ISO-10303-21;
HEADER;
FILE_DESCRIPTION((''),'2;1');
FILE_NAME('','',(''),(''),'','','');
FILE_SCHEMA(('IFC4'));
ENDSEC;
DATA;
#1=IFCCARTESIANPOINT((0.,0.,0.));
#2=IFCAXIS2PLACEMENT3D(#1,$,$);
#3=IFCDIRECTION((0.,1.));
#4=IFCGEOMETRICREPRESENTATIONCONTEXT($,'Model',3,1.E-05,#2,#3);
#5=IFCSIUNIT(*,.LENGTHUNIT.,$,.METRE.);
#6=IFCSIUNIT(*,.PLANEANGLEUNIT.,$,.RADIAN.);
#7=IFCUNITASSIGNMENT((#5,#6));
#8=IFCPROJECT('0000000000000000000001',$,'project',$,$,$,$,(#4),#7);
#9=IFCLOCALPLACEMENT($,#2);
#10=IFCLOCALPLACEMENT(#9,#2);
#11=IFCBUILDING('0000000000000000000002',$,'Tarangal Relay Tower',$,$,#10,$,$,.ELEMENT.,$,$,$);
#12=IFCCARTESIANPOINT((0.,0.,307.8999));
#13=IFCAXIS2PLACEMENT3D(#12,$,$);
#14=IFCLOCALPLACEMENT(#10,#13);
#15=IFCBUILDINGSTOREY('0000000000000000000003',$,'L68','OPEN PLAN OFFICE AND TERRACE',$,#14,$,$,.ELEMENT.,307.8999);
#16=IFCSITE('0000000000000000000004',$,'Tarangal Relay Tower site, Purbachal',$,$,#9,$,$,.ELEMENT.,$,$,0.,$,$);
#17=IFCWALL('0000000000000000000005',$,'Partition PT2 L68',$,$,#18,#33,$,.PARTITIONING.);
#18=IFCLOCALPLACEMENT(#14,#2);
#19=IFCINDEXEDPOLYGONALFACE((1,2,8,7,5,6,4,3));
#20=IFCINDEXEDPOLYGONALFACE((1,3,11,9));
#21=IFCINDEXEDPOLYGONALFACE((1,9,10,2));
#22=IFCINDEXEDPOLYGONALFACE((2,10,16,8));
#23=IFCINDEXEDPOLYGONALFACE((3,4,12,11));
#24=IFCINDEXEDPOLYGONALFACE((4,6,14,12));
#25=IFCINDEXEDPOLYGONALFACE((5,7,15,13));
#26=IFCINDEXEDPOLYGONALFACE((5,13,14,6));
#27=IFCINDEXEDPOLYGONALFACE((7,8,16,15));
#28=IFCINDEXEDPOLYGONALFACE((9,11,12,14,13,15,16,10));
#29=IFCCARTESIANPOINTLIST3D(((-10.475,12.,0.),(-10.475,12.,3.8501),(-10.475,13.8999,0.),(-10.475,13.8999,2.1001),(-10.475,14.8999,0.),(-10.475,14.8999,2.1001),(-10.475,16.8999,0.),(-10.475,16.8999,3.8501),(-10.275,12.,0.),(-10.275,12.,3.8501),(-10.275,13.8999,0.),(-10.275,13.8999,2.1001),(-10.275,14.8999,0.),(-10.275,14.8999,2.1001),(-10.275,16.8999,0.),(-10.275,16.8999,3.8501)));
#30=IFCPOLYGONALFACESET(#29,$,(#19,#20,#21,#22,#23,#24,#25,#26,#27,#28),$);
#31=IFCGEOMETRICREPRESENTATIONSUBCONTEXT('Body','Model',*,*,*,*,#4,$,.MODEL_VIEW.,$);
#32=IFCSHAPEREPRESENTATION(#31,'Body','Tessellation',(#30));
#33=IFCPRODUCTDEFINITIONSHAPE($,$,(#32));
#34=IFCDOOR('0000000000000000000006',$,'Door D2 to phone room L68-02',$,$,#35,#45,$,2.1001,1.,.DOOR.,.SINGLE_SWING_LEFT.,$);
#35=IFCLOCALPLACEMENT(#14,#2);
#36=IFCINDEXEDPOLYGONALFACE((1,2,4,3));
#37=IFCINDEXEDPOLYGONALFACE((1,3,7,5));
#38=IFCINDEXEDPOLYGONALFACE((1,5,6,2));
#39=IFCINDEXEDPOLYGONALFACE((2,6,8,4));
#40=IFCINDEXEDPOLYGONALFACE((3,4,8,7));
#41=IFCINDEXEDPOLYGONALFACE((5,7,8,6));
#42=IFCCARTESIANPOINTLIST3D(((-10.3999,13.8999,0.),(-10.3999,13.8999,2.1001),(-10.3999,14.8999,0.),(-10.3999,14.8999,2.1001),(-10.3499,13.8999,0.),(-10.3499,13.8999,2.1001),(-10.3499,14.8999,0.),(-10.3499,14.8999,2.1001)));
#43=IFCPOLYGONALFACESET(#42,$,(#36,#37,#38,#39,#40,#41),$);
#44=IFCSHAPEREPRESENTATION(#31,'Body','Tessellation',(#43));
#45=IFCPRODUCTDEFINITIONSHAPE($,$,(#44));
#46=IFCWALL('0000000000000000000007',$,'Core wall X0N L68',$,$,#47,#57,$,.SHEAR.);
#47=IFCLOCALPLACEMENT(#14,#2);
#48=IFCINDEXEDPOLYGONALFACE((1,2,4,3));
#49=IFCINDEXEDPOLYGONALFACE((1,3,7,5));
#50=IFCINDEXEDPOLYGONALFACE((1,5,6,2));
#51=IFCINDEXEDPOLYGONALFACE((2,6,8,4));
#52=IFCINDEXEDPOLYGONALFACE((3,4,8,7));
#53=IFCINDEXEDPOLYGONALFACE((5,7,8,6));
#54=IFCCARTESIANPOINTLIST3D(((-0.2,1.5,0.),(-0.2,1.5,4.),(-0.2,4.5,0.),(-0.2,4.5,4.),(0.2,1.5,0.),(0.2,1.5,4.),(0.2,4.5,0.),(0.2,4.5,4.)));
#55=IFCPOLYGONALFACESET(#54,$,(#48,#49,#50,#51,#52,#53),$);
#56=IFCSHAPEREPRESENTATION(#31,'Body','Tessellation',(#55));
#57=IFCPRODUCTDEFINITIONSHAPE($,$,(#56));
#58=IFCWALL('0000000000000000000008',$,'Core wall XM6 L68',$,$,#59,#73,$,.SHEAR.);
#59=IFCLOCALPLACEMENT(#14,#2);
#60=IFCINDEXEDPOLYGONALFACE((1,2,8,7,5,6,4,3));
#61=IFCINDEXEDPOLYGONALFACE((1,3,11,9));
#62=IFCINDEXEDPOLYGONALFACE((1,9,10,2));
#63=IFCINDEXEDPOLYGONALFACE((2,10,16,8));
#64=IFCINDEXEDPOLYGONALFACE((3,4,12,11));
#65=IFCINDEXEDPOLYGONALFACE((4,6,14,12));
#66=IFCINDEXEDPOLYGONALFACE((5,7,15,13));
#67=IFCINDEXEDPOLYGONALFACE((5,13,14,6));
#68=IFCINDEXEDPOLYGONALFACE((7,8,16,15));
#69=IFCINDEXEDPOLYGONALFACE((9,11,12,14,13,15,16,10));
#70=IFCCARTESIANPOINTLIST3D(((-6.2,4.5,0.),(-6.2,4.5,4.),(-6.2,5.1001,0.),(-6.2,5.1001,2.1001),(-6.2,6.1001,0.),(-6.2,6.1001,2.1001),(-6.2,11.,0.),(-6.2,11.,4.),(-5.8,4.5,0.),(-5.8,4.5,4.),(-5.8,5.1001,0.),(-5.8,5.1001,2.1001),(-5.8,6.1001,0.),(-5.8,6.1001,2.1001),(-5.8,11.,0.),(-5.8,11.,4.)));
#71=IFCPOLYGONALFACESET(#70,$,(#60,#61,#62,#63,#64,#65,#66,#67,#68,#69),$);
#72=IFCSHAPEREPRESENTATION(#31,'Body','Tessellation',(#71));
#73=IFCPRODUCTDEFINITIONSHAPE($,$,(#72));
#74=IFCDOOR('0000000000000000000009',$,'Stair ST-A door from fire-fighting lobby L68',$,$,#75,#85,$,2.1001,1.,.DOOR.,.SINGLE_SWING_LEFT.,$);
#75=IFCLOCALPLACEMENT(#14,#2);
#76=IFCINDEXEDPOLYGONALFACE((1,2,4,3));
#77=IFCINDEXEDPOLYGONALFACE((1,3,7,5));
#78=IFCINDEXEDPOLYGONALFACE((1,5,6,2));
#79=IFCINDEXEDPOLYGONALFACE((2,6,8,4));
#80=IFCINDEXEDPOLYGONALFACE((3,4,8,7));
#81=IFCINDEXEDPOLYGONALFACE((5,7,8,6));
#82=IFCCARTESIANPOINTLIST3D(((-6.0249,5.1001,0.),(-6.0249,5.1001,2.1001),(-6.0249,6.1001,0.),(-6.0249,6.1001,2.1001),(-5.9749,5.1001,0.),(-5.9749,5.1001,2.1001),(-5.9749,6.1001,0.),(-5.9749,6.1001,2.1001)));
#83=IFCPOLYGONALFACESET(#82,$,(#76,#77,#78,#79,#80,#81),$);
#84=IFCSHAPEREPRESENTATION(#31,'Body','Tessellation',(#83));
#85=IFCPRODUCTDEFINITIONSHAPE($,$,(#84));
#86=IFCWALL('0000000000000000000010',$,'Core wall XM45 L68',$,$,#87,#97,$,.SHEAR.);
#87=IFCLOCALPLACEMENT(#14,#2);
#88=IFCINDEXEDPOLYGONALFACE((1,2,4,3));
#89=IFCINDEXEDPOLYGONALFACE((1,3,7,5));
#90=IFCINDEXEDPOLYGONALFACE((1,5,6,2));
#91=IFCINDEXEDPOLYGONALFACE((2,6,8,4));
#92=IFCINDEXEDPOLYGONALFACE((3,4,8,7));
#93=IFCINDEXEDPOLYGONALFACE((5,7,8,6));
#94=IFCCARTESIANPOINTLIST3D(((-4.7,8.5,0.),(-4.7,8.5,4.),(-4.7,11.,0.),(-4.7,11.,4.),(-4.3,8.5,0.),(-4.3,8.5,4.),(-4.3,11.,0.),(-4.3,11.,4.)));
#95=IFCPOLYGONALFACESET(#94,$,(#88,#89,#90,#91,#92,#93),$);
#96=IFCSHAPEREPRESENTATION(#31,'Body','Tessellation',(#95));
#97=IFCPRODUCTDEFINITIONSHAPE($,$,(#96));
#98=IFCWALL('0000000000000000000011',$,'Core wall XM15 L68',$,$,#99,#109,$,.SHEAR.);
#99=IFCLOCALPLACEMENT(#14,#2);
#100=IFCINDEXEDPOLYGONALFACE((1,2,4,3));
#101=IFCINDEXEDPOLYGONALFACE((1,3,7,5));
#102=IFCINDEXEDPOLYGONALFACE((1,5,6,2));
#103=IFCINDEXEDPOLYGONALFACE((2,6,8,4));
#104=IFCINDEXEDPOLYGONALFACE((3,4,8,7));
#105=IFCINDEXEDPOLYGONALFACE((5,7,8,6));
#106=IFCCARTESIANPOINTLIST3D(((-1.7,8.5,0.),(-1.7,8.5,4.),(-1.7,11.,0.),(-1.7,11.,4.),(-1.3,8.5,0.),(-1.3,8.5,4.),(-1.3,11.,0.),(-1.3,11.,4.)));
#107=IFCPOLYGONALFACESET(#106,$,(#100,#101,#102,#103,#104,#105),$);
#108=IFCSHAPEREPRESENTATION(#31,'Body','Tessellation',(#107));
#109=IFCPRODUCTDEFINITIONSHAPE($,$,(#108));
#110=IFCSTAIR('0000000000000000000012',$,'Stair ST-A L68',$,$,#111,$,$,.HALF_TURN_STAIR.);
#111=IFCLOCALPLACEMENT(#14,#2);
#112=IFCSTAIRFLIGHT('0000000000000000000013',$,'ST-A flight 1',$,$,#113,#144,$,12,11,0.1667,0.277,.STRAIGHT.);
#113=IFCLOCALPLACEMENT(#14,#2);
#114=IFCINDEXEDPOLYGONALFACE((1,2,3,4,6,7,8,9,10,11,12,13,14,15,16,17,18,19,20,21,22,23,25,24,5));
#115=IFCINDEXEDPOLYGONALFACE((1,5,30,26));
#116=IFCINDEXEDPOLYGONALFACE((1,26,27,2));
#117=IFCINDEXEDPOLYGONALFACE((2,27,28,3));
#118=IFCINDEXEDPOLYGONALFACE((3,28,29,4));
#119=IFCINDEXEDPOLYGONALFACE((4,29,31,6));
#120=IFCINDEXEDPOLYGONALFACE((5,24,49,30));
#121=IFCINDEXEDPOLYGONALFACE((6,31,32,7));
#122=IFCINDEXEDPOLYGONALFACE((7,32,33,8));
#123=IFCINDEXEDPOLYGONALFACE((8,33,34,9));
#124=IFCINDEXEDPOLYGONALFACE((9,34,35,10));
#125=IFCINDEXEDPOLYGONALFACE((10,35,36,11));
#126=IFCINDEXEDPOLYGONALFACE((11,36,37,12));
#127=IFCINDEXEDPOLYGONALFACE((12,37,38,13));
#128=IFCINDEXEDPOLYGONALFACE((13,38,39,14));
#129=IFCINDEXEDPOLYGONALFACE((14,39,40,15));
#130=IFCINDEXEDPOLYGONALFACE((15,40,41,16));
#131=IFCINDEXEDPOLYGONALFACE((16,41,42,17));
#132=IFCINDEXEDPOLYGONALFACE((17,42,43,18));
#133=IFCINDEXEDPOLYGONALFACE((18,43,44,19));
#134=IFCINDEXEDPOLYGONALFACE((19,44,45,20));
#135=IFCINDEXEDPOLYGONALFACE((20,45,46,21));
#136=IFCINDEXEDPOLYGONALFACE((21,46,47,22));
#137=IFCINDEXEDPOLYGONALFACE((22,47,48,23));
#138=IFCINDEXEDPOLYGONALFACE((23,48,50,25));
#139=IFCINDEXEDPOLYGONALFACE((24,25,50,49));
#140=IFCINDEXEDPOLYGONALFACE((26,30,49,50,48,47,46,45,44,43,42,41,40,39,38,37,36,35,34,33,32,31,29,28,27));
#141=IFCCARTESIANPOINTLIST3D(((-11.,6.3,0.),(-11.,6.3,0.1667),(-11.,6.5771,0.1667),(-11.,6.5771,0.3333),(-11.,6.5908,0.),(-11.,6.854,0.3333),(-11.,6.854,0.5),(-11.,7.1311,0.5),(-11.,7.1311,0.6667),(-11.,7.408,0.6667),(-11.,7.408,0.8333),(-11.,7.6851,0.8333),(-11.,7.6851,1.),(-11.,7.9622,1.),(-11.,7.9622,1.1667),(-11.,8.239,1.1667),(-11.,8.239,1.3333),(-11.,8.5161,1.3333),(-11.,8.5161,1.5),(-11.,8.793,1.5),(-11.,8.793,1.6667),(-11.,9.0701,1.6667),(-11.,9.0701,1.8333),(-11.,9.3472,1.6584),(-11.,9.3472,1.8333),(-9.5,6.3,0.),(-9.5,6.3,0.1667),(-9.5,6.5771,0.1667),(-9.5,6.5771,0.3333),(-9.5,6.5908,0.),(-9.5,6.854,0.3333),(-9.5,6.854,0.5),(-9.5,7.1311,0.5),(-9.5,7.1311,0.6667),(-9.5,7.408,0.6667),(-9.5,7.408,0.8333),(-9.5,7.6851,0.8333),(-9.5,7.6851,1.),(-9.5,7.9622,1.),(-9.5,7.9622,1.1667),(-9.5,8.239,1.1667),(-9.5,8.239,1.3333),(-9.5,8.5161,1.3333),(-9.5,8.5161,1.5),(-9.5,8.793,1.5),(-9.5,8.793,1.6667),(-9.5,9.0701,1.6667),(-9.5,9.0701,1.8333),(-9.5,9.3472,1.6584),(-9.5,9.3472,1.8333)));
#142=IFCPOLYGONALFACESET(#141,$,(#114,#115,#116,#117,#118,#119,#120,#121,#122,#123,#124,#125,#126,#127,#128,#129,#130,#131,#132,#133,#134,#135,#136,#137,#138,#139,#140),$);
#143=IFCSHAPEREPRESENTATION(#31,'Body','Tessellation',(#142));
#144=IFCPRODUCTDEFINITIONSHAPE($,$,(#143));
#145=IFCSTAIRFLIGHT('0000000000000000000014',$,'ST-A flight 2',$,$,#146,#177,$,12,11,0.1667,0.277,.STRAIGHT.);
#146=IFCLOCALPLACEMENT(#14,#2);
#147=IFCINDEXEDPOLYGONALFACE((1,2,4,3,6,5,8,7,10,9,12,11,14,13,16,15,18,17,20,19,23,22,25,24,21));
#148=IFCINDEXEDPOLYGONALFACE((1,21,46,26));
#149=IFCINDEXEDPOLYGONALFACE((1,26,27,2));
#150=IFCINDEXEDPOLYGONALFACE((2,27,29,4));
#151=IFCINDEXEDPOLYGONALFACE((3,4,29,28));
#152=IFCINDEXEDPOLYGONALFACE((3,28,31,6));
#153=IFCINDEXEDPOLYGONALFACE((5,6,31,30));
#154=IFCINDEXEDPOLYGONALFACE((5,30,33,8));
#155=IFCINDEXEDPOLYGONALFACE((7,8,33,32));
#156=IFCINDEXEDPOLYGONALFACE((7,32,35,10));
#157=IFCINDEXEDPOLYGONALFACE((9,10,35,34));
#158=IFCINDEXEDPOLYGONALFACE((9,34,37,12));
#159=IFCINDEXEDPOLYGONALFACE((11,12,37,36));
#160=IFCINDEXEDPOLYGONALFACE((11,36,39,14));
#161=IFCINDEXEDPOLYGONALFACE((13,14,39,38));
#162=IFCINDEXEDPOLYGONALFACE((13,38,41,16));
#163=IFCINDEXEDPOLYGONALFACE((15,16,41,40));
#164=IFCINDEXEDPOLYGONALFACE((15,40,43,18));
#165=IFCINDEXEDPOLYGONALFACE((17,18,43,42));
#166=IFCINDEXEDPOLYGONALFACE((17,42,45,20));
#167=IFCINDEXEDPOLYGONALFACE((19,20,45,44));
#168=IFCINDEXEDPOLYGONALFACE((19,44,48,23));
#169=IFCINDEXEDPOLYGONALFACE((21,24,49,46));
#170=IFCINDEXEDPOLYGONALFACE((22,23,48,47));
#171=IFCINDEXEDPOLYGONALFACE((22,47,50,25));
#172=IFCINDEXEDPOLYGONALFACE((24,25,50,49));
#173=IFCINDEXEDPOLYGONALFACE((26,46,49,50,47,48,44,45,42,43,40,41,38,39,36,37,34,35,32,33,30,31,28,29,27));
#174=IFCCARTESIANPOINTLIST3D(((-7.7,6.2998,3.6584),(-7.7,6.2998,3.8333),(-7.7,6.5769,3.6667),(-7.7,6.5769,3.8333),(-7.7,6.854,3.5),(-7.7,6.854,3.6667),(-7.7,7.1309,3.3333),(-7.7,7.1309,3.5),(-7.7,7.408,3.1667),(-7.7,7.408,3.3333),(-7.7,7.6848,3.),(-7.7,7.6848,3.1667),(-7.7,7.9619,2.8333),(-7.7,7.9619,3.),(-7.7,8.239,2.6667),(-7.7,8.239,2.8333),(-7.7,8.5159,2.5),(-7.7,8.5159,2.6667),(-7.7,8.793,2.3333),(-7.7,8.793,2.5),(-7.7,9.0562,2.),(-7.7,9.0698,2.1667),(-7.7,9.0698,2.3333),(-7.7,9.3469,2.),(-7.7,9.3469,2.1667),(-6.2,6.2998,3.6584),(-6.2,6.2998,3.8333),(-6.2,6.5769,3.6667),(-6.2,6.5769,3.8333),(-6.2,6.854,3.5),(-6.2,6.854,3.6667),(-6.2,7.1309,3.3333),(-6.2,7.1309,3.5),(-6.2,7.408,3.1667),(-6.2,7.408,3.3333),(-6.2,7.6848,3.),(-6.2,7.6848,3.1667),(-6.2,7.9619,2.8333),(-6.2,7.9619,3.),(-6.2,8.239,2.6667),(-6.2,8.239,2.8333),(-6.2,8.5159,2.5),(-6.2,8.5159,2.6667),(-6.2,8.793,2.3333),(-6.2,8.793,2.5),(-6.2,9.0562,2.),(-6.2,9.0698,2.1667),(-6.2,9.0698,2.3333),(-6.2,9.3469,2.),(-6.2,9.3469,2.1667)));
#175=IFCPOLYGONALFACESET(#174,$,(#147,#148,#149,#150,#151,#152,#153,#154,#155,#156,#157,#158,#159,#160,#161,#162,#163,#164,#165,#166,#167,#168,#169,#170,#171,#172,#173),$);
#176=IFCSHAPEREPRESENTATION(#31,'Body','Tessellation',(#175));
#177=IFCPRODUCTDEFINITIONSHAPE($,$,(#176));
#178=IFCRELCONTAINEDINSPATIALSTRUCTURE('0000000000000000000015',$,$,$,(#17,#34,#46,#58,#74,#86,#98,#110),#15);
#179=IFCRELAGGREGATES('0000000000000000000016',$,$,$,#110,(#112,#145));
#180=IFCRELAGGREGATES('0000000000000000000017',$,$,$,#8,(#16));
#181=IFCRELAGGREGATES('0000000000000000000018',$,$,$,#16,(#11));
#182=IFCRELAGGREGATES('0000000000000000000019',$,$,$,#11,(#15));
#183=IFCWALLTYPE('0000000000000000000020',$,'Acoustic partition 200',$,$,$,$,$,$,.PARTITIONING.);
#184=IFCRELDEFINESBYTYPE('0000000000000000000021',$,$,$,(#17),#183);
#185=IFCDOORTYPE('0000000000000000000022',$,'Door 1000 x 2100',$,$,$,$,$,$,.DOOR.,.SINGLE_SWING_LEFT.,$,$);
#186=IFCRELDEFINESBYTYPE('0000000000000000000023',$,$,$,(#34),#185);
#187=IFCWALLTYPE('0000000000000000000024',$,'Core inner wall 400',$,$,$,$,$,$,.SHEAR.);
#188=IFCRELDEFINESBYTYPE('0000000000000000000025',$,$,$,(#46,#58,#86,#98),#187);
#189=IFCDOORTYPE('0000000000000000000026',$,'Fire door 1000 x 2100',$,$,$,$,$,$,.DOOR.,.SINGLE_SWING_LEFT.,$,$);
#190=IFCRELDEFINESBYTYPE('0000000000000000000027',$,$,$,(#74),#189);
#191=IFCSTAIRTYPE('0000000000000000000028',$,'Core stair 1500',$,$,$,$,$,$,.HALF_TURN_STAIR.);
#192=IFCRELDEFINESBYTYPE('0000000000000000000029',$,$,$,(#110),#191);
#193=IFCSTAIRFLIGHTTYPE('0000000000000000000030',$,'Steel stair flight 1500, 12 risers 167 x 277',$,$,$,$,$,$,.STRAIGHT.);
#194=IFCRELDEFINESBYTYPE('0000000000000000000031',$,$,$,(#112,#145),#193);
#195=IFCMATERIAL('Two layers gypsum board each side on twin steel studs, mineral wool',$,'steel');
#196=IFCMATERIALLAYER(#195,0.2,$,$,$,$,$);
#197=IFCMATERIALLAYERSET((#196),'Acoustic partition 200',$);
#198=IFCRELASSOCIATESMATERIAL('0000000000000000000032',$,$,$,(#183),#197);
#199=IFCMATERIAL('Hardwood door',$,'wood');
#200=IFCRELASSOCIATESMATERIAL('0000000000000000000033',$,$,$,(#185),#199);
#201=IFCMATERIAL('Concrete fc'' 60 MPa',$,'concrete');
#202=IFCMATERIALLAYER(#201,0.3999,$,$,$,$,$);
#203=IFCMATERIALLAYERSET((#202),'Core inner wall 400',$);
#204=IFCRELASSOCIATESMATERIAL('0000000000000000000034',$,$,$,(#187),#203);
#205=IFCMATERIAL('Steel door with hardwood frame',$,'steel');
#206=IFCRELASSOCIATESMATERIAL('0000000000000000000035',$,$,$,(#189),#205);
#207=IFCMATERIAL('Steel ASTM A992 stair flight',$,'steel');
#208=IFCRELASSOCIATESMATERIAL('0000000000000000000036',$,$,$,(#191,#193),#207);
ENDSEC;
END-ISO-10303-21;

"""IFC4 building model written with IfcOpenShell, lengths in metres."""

from ifc_helpers import new_model, si_unit, direction, frame, frame_2d, origin, place, context, subcontext, project, spatial, polyline, rectangle, outline, extrude, material, layer, layer_set, type_object, element, fill, aggregate, save


model = new_model("IFC4")

# Units and contexts
model_context = context("Model", 3, precision=1e-05, world=origin(), true_north=direction((0.0, 1.0)))
body_context = subcontext(model_context, "Body", "Model", "MODEL_VIEW")
ifc_project = project(units=[si_unit("LENGTHUNIT", "METRE"), si_unit("PLANEANGLEUNIT", "RADIAN")], contexts=[model_context])

# Site, building, storey
site_placement = place(None, origin())
site = spatial("IfcSite", under=ifc_project, at=site_placement, Name="Tarangal Relay Tower site, Purbachal", CompositionType="ELEMENT", RefElevation=0.0)
building_placement = place(site_placement, origin())
building = spatial("IfcBuilding", under=site, at=building_placement, Name="Tarangal Relay Tower", CompositionType="ELEMENT")
storey_placement = place(building_placement, frame((0.0, 0.0, 307.8999)))
storey = spatial("IfcBuildingStorey", under=building, at=storey_placement, Name="L68", Description="OPEN PLAN OFFICE AND TERRACE", CompositionType="ELEMENT", Elevation=307.8999)

# Wall, opening, door
ifc_material_1 = material(Name="Two layers gypsum board each side on twin steel studs, mineral wool", Category="steel")
ifc_layer_1 = layer(ifc_material_1, 0.2)
ifc_layer_set_1 = layer_set([ifc_layer_1], Name="Acoustic partition 200")
wall_type_1 = type_object("IfcWallType", Name="Acoustic partition 200", PredefinedType="PARTITIONING", material=ifc_layer_set_1)
wall_1_placement = place(storey_placement, frame((-10.375, 12.0, 0.0), z_axis=(0.0, 0.0, 1.0), x_axis=(0.0, 1.0, 0.0)))
wall_1 = element("IfcWall", 1, at=wall_1_placement, inside=storey, type_object=wall_type_1, Name="Partition PT2 L68", PredefinedType="PARTITIONING", context=body_context, shape_type="SweptSolid", body=[
    extrude(rectangle(XDim=4.8999, YDim=0.2, at=frame_2d((2.45, 0.0))), origin(), (0.0, 0.0, 1.0), 3.8501),
])
opening_1_placement = place(wall_1_placement, frame((1.8999, 0.0, 0.0)))
opening_1 = element("IfcOpeningElement", 2, at=opening_1_placement, cuts=wall_1, PredefinedType="OPENING", context=body_context, shape_type="SweptSolid", body=[
    extrude(rectangle(XDim=1.0, YDim=2.1001, at=frame_2d((0.5, 1.05))), frame((0.0, 0.1099, 0.0), z_axis=(0.0, -1.0, 0.0), x_axis=(1.0, 0.0, 0.0)), (0.0, 0.0, 1.0), 0.22),
])
ifc_material_2 = material(Name="Hardwood door", Category="wood")
door_type_1 = type_object("IfcDoorType", Name="Door 1000 x 2100", OperationType="SINGLE_SWING_LEFT", PredefinedType="DOOR", material=ifc_material_2)
door_1_placement = place(opening_1_placement, origin())
door_1 = element("IfcDoor", 3, at=door_1_placement, inside=storey, type_object=door_type_1, Name="Door D2 to phone room L68-02", OperationType="SINGLE_SWING_LEFT", OverallHeight=2.1001, OverallWidth=1.0, PredefinedType="DOOR", context=body_context, shape_type="SweptSolid", body=[
    extrude(rectangle(XDim=1.0, YDim=2.1001, at=frame_2d((0.5, 1.05))), frame((0.0, 0.0249, 0.0), z_axis=(0.0, -1.0, 0.0), x_axis=(1.0, 0.0, 0.0)), (0.0, 0.0, 1.0), 0.05),
])
fill(opening_1, door_1)

# Shared definitions
ifc_material_3 = material(Name="Concrete fc' 60 MPa", Category="concrete")
ifc_layer_2 = layer(ifc_material_3, 0.3999)
ifc_layer_set_2 = layer_set([ifc_layer_2], Name="Core inner wall 400")
wall_type_2 = type_object("IfcWallType", Name="Core inner wall 400", PredefinedType="SHEAR", material=ifc_layer_set_2)
ifc_material_4 = material(Name="Steel door with hardwood frame", Category="steel")

# Wall
wall_2_placement = place(storey_placement, frame((0.0, 1.5, 0.0), z_axis=(0.0, 0.0, 1.0), x_axis=(0.0, 1.0, 0.0)))
element("IfcWall", 4, at=wall_2_placement, inside=storey, type_object=wall_type_2, Name="Core wall X0N L68", PredefinedType="SHEAR", context=body_context, shape_type="SweptSolid", body=[
    extrude(rectangle(XDim=3.0, YDim=0.3999, at=frame_2d((1.5, 0.0))), origin(), (0.0, 0.0, 1.0), 4.0),
])

# Wall, opening, door
wall_3_placement = place(storey_placement, frame((-6.0, 4.5, 0.0), z_axis=(0.0, 0.0, 1.0), x_axis=(0.0, 1.0, 0.0)))
wall_3 = element("IfcWall", 5, at=wall_3_placement, inside=storey, type_object=wall_type_2, Name="Core wall XM6 L68", PredefinedType="SHEAR", context=body_context, shape_type="SweptSolid", body=[
    extrude(rectangle(XDim=6.5, YDim=0.3999, at=frame_2d((3.25, 0.0))), origin(), (0.0, 0.0, 1.0), 4.0),
])
opening_2_placement = place(wall_3_placement, frame((0.6001, 0.0, 0.0)))
opening_2 = element("IfcOpeningElement", 6, at=opening_2_placement, cuts=wall_3, PredefinedType="OPENING", context=body_context, shape_type="SweptSolid", body=[
    extrude(rectangle(XDim=1.0, YDim=2.1001, at=frame_2d((0.5, 1.05))), frame((0.0, 0.21, 0.0), z_axis=(0.0, -1.0, 0.0), x_axis=(1.0, 0.0, 0.0)), (0.0, 0.0, 1.0), 0.4199),
])
door_type_2 = type_object("IfcDoorType", Name="Fire door 1000 x 2100", OperationType="SINGLE_SWING_LEFT", PredefinedType="DOOR", material=ifc_material_4)
door_2_placement = place(opening_2_placement, origin())
door_2 = element("IfcDoor", 7, at=door_2_placement, inside=storey, type_object=door_type_2, Name="Stair ST-A door from fire-fighting lobby L68", OperationType="SINGLE_SWING_LEFT", OverallHeight=2.1001, OverallWidth=1.0, PredefinedType="DOOR", context=body_context, shape_type="SweptSolid", body=[
    extrude(rectangle(XDim=1.0, YDim=2.1001, at=frame_2d((0.5, 1.05))), frame((0.0, 0.0249, 0.0), z_axis=(0.0, -1.0, 0.0), x_axis=(1.0, 0.0, 0.0)), (0.0, 0.0, 1.0), 0.05),
])
fill(opening_2, door_2)

# Walls
for number, where, z_axis, x_axis, name in (
    (8, (-4.5, 8.5, 0.0), (0.0, 0.0, 1.0), (0.0, 1.0, 0.0), "Core wall XM45 L68"),
    (9, (-1.5, 8.5, 0.0), (0.0, 0.0, 1.0), (0.0, 1.0, 0.0), "Core wall XM15 L68"),
):
    element("IfcWall", number, at=place(storey_placement, frame(where, z_axis=z_axis, x_axis=x_axis)), inside=storey, type_object=wall_type_2, Name=name, PredefinedType="SHEAR", context=body_context, shape_type="SweptSolid", body=[
        extrude(rectangle(XDim=2.5, YDim=0.3999, at=frame_2d((1.25, 0.0))), origin(), (0.0, 0.0, 1.0), 4.0),
    ])

# Stair, stair flights
ifc_material_5 = material(Name="Steel ASTM A992 stair flight", Category="steel")
stair_type = type_object("IfcStairType", Name="Core stair 1500", PredefinedType="HALF_TURN_STAIR", material=ifc_material_5)
stair_placement = place(storey_placement, origin())
stair = element("IfcStair", 10, at=stair_placement, inside=storey, type_object=stair_type, Name="Stair ST-A L68", PredefinedType="HALF_TURN_STAIR")
stair_flight_type = type_object("IfcStairFlightType", Name="Steel stair flight 1500, 12 risers 167 x 277", PredefinedType="STRAIGHT", material=ifc_material_5)
stair_flight_1_placement = place(storey_placement, frame((-10.25, 6.3, 0.0), z_axis=(0.0, 0.0, 1.0), x_axis=(0.0, 1.0, 0.0)))
stair_flight_1 = element("IfcStairFlight", 11, at=stair_flight_1_placement, type_object=stair_flight_type, Name="ST-A flight 1", NumberOfRisers=12, NumberOfTreads=11, PredefinedType="STRAIGHT", RiserHeight=0.1667, TreadLength=0.277, context=body_context, shape_type="SweptSolid", body=[
    extrude(outline(polyline([(0.0, 0.0), (0.0, 0.1667), (0.2771, 0.1667), (0.2771, 0.3333), (0.554, 0.3333), (0.554, 0.5), (0.8311, 0.5), (0.8311, 0.6667), (1.1079, 0.6667), (1.1079, 0.8333), (1.385, 0.8333), (1.385, 1.0), (1.6621, 1.0), (1.6621, 1.1667), (1.939, 1.1667), (1.939, 1.3333), (2.2161, 1.3333), (2.2161, 1.5), (2.4929, 1.5), (2.4929, 1.6667), (2.77, 1.6667), (2.77, 1.8333), (3.0471, 1.8333), (3.0471, 2.0), (3.0471, 1.6584), (0.2908, 0.0), (0.0, 0.0)])), frame((0.0, 0.75, 0.0), z_axis=(0.0, -1.0, 0.0), x_axis=(1.0, 0.0, 0.0)), (0.0, 0.0, 1.0), 1.5),
])
stair_flight_2_placement = place(storey_placement, frame((-6.95, 9.3469, 2.0), z_axis=(0.0, 0.0, 1.0), x_axis=(0.0, -1.0, 0.0)))
stair_flight_2 = element("IfcStairFlight", 12, at=stair_flight_2_placement, type_object=stair_flight_type, Name="ST-A flight 2", NumberOfRisers=12, NumberOfTreads=11, PredefinedType="STRAIGHT", RiserHeight=0.1667, TreadLength=0.277, context=body_context, shape_type="SweptSolid", body=[
    extrude(outline(polyline([(0.0, 0.0), (0.0, 0.1667), (0.2771, 0.1667), (0.2771, 0.3333), (0.554, 0.3333), (0.554, 0.5), (0.8311, 0.5), (0.8311, 0.6667), (1.1079, 0.6667), (1.1079, 0.8333), (1.385, 0.8333), (1.385, 1.0), (1.6621, 1.0), (1.6621, 1.1667), (1.939, 1.1667), (1.939, 1.3333), (2.2161, 1.3333), (2.2161, 1.5), (2.4929, 1.5), (2.4929, 1.6667), (2.77, 1.6667), (2.77, 1.8333), (3.0471, 1.8333), (3.0471, 2.0), (3.0471, 1.6584), (0.2908, 0.0), (0.0, 0.0)])), frame((0.0, 0.75, 0.0), z_axis=(0.0, -1.0, 0.0), x_axis=(1.0, 0.0, 0.0)), (0.0, 0.0, 1.0), 1.5),
])
aggregate(stair, [stair_flight_1, stair_flight_2])

save(model, "model.ifc")
